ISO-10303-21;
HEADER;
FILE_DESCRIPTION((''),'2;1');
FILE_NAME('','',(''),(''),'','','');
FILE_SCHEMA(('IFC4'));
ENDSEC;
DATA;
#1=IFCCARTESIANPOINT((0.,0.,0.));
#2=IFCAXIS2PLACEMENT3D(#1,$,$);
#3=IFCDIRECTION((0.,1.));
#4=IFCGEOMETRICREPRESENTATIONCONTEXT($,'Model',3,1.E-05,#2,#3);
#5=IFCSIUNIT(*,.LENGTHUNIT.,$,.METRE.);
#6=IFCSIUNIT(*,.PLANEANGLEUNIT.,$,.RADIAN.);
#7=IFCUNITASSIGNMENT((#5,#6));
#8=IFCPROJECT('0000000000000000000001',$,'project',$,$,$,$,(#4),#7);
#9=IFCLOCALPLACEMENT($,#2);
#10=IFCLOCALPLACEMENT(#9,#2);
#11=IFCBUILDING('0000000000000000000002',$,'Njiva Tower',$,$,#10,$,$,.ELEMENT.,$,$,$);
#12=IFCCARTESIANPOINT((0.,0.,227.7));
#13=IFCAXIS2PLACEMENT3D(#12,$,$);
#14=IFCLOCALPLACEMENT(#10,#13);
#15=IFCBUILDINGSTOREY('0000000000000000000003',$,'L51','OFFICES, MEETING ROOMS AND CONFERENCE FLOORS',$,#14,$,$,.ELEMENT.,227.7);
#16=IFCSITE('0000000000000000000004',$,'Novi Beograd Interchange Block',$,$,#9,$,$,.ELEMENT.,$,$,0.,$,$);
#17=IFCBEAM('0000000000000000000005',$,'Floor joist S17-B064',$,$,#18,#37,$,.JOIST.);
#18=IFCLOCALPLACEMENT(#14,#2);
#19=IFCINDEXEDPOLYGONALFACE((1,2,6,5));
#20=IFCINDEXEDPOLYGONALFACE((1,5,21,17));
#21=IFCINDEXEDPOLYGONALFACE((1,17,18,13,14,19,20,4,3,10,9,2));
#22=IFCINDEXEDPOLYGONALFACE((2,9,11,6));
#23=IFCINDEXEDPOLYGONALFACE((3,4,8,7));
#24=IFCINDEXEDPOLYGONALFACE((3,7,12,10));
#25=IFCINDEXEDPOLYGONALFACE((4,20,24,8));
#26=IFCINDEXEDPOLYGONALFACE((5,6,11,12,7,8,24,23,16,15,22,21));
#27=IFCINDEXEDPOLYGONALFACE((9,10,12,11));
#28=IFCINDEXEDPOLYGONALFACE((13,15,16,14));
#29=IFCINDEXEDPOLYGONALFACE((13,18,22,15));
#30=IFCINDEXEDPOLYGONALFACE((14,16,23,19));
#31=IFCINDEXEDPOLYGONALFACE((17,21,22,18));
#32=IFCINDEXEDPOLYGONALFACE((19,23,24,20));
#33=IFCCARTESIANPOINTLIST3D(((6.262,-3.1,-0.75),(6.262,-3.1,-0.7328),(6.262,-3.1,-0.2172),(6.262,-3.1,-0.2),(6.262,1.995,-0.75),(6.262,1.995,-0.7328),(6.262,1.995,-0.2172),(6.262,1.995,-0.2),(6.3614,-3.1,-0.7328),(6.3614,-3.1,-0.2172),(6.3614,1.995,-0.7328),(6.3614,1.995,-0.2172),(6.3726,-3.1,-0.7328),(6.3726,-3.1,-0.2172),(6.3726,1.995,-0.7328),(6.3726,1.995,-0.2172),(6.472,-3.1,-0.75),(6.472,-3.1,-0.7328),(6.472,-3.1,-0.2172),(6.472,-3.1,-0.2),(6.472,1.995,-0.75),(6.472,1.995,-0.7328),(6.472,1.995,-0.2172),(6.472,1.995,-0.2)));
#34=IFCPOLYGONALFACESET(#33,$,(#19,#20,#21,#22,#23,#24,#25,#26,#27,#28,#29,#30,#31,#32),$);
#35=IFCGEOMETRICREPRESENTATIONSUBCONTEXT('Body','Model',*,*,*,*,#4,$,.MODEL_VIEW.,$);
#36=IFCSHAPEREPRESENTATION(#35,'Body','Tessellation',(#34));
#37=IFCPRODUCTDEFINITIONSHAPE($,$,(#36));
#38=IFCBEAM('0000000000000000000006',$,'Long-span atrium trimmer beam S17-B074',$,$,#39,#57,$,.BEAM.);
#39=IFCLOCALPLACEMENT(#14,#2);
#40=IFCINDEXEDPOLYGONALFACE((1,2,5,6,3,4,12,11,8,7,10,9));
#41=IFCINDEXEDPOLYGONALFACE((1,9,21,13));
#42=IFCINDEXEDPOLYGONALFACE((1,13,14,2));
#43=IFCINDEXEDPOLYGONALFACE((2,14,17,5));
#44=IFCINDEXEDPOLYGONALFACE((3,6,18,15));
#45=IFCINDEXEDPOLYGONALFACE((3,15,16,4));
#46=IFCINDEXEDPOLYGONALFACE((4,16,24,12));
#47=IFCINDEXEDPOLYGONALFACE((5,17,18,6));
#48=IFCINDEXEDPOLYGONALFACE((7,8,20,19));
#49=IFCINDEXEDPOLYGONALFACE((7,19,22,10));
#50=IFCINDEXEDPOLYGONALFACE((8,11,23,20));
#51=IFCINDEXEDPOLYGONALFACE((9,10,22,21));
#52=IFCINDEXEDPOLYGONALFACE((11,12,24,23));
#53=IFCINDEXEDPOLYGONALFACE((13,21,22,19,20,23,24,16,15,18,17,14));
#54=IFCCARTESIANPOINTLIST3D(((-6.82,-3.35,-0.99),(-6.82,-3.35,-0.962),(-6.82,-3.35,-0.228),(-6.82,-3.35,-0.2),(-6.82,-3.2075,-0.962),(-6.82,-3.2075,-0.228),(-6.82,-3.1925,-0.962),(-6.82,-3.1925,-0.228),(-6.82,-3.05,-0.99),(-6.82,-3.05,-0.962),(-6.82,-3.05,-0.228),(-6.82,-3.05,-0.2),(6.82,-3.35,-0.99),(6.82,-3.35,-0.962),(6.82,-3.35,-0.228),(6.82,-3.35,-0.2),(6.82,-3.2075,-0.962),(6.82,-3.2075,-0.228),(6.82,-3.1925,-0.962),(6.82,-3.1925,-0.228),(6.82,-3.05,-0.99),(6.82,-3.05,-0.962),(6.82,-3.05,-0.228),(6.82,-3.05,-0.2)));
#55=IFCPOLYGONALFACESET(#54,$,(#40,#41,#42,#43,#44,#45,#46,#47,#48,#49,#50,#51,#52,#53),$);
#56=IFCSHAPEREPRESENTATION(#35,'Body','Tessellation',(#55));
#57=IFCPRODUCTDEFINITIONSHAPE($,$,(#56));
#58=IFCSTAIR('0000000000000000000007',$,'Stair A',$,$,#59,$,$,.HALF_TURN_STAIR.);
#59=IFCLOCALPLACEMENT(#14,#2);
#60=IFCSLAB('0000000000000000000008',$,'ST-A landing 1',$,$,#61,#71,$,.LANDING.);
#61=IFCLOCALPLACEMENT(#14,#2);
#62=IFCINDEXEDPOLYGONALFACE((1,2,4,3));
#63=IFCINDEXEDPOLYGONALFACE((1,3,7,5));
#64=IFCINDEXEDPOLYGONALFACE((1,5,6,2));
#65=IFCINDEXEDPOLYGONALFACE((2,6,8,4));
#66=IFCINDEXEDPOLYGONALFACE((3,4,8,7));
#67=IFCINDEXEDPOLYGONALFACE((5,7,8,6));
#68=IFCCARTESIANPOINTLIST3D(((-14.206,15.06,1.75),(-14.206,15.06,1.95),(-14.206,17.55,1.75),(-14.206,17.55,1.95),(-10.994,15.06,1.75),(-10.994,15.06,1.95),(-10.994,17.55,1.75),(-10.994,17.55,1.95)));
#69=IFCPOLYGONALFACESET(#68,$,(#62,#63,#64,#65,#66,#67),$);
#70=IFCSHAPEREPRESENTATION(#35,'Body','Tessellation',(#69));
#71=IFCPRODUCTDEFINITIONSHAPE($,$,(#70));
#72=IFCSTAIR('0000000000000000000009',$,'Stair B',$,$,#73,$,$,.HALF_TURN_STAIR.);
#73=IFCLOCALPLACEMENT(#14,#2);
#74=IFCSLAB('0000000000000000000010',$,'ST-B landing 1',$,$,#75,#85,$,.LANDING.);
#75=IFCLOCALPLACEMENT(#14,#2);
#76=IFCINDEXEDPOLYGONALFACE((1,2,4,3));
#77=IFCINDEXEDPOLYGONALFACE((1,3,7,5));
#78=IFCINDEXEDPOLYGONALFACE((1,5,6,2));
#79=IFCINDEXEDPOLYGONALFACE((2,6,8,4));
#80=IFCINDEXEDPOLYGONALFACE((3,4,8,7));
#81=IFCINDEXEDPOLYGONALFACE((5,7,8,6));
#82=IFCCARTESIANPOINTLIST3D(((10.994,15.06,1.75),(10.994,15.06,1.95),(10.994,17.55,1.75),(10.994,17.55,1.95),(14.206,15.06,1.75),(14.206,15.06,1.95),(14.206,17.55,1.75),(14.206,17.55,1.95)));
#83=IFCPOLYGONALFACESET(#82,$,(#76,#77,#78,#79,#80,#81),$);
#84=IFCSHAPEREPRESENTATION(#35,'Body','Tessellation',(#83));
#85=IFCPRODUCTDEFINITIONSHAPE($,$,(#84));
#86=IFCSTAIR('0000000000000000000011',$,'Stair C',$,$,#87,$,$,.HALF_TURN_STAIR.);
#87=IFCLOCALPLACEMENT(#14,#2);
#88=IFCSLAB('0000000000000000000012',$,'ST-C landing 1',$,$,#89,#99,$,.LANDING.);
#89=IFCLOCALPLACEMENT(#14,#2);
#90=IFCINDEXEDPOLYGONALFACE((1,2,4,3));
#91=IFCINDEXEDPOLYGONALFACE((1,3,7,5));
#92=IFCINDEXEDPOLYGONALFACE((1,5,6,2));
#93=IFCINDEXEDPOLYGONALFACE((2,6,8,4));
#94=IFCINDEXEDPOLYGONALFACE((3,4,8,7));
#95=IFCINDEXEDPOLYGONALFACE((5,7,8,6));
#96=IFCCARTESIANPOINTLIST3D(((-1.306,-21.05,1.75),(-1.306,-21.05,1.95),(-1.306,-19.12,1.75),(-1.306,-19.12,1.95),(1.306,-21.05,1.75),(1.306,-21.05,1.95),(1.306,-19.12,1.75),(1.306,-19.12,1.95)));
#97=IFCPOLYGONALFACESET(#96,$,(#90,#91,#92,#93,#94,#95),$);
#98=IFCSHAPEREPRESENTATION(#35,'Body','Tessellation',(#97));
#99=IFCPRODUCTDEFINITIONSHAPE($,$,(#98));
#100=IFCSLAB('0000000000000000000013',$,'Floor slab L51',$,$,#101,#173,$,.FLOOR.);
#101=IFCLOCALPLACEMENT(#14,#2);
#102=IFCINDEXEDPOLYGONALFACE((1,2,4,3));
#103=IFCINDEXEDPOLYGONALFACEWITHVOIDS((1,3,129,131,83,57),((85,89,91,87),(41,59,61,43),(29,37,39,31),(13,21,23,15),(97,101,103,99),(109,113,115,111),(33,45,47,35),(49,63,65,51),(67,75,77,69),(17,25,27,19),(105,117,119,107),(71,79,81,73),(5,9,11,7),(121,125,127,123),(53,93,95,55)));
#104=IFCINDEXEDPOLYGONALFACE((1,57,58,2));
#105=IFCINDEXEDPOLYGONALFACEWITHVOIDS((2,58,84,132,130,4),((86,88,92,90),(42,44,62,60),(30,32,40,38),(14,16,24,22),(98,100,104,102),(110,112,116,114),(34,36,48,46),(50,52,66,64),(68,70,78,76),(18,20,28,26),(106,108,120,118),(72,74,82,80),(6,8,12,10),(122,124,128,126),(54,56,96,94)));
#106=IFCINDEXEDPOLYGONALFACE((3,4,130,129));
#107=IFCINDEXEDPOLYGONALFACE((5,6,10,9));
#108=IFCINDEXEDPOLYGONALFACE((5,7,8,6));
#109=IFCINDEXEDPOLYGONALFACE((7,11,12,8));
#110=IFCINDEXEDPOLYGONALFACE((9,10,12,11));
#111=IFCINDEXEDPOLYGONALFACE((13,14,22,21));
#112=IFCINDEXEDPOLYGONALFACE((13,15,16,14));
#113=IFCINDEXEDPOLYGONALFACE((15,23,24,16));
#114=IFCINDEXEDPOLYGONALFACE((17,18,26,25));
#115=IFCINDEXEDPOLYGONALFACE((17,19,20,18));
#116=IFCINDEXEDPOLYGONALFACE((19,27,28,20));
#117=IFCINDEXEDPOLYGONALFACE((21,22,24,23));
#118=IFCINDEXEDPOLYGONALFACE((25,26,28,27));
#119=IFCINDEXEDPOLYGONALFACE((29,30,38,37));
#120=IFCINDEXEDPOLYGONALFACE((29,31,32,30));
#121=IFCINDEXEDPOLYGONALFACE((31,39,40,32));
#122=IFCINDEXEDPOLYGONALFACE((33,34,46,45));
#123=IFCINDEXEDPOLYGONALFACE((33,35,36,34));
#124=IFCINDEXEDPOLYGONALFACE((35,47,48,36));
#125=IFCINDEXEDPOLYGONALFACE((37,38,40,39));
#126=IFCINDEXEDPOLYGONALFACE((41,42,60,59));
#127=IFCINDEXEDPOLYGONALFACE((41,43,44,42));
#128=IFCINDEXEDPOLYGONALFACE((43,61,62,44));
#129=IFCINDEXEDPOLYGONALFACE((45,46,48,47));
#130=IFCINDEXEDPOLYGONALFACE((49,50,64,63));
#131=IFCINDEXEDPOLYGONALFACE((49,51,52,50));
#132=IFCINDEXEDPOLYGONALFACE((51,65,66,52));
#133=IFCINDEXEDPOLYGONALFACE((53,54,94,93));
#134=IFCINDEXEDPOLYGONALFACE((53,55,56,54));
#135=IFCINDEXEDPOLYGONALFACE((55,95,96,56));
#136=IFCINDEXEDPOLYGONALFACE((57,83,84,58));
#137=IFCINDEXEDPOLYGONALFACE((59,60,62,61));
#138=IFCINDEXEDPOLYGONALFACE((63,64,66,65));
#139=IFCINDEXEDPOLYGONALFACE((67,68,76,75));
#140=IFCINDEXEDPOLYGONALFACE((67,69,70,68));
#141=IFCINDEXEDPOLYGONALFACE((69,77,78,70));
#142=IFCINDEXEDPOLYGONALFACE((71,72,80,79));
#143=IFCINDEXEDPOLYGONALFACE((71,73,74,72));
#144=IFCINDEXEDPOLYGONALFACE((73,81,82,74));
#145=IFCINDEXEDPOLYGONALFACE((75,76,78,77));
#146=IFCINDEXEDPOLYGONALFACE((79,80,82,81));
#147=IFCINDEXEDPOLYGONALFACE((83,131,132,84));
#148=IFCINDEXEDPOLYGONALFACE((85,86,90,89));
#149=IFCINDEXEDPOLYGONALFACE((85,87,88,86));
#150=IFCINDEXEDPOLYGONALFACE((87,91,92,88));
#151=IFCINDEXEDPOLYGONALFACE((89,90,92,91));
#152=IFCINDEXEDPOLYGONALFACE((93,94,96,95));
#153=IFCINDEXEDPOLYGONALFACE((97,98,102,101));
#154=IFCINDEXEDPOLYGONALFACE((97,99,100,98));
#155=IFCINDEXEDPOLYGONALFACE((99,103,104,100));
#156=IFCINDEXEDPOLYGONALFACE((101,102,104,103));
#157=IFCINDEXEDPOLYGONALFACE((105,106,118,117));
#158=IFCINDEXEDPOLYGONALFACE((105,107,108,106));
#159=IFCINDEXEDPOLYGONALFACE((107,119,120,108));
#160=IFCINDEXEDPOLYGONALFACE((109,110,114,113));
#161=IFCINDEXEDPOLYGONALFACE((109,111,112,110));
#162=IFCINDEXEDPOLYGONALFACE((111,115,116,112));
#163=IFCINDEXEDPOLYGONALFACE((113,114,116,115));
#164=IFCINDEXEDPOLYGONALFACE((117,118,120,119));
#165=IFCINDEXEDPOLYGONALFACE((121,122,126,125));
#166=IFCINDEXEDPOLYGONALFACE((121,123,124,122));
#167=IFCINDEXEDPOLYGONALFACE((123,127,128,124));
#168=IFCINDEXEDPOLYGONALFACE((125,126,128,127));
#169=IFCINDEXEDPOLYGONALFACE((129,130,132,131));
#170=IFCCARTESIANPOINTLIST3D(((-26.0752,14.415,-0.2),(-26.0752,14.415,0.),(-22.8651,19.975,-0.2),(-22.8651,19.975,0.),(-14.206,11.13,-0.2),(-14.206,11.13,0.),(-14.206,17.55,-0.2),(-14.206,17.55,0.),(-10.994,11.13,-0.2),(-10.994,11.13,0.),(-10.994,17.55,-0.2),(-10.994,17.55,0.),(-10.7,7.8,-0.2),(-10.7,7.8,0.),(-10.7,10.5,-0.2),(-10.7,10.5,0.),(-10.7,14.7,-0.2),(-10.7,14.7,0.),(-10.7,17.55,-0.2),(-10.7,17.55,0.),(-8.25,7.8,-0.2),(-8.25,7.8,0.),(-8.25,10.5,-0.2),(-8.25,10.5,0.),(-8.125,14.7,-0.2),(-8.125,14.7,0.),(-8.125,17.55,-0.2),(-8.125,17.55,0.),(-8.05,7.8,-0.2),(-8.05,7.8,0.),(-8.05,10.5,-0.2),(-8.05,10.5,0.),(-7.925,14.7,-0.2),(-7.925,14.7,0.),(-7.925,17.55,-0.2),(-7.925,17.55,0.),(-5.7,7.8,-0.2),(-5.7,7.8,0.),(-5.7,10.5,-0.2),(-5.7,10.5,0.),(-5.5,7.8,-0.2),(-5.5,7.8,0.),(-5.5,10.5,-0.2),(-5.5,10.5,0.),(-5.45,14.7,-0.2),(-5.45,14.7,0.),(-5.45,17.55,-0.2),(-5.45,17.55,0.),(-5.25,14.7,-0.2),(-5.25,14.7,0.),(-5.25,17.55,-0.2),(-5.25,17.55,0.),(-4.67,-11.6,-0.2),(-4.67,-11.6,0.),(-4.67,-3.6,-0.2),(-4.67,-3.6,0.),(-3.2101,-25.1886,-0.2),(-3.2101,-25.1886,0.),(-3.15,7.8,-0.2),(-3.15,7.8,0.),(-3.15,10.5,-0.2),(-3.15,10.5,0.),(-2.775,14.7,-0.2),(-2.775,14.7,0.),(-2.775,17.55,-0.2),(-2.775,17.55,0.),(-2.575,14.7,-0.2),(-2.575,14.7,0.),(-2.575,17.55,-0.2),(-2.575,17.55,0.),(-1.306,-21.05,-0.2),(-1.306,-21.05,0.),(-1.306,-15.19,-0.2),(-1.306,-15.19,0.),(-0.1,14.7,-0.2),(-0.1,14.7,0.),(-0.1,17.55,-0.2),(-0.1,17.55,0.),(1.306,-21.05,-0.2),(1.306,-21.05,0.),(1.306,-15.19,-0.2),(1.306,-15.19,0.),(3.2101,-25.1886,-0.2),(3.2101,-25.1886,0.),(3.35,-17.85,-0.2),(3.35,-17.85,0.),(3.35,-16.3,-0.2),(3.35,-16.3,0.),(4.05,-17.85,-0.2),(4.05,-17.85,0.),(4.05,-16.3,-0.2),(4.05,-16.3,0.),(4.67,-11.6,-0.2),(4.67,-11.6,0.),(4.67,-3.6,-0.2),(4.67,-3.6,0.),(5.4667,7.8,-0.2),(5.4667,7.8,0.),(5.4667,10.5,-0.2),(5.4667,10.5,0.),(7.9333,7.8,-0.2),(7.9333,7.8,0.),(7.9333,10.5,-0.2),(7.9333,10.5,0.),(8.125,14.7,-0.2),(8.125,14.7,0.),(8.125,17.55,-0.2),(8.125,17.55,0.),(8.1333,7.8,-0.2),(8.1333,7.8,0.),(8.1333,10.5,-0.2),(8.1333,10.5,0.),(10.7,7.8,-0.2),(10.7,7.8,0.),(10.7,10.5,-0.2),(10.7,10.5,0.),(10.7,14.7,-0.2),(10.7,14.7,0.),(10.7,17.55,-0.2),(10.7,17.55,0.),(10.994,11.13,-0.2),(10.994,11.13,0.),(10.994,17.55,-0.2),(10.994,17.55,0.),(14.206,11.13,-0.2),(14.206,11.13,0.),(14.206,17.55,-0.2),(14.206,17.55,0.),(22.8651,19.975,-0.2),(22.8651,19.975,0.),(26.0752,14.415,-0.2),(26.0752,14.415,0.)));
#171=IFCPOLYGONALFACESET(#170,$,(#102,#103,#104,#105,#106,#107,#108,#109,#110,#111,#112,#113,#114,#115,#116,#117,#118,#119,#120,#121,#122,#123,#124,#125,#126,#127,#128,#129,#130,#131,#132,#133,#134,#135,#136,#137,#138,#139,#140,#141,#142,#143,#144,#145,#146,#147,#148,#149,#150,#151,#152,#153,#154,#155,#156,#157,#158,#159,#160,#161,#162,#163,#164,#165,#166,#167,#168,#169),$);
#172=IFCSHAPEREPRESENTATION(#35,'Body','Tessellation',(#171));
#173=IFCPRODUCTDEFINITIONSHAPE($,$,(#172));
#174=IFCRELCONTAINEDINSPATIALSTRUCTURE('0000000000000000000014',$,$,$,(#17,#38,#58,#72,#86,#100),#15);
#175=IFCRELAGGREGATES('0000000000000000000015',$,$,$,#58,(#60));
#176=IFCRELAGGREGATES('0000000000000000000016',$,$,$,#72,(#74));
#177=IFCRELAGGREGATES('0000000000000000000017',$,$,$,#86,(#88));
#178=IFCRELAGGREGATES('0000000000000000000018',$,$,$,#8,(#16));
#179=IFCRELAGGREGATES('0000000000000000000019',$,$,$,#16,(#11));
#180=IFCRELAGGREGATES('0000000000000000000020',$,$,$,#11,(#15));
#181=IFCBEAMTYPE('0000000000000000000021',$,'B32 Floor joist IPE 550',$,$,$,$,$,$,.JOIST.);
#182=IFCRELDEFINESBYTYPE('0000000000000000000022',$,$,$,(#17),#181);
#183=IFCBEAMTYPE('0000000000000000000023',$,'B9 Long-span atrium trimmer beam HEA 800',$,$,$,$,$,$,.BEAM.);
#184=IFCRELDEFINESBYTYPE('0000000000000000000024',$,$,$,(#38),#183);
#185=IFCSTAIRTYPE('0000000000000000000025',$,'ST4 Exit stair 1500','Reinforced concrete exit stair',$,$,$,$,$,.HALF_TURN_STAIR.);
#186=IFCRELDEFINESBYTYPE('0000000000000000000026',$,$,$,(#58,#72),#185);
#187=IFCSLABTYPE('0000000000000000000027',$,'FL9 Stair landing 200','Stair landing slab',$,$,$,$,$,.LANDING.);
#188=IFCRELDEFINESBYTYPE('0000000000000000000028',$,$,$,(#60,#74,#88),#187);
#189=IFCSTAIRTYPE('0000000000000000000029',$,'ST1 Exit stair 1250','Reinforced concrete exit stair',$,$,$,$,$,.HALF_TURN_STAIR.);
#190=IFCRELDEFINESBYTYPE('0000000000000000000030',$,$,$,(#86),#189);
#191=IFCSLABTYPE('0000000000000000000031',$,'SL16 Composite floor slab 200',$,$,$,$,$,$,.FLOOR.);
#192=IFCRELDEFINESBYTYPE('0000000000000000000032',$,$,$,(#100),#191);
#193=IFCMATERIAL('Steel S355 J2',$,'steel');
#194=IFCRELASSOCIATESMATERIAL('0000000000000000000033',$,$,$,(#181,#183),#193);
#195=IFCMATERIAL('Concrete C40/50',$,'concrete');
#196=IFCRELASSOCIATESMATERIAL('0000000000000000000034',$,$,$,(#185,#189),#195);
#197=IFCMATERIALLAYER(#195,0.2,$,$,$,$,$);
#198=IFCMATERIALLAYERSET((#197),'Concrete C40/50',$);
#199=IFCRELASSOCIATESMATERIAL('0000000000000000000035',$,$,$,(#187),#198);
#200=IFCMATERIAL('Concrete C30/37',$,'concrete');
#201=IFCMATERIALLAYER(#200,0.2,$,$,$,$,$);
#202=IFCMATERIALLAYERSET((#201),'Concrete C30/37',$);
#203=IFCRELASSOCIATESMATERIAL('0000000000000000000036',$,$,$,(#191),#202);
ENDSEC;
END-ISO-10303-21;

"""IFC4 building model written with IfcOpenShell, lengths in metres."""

from ifc_helpers import new_model, si_unit, direction, frame, origin, origin_2d, place, context, subcontext, project, spatial, polyline, i_section, outline, extrude, material, layer, layer_set, material_profile, profile_set, type_object, element, aggregate, save


model = new_model("IFC4")

# Units and contexts
model_context = context("Model", 3, precision=1e-05, world=origin(), true_north=direction((0.0, 1.0)))
body_context = subcontext(model_context, "Body", "Model", "MODEL_VIEW")
ifc_project = project(units=[si_unit("LENGTHUNIT", "METRE"), si_unit("PLANEANGLEUNIT", "RADIAN")], contexts=[model_context])

# Site, building, storey
site_placement = place(None, origin())
site = spatial("IfcSite", under=ifc_project, at=site_placement, Name="Novi Beograd Interchange Block", CompositionType="ELEMENT", RefElevation=0.0)
building_placement = place(site_placement, origin())
building = spatial("IfcBuilding", under=site, at=building_placement, Name="Njiva Tower", CompositionType="ELEMENT")
storey_placement = place(building_placement, frame((0.0, 0.0, 227.7)))
storey = spatial("IfcBuildingStorey", under=building, at=storey_placement, Name="L51", Description="OFFICES, MEETING ROOMS AND CONFERENCE FLOORS", CompositionType="ELEMENT", Elevation=227.7)

# Shared definitions
ifc_material_1 = material(Name="Steel S355 J2", Category="steel")

# Beams
ifc_material_profile_1 = material_profile(ifc_material_1, i_section(OverallWidth=0.21, OverallDepth=0.55, WebThickness=0.0111, FlangeThickness=0.0172, at=origin_2d()), Name="IPE 550")
ifc_profile_set_1 = profile_set([ifc_material_profile_1], Name="Steel S355 J2")
beam_type_1 = type_object("IfcBeamType", Name="B32 Floor joist IPE 550", PredefinedType="JOIST", material=ifc_profile_set_1)
for number, where, z_axis, x_axis, name in (
    (1, (6.367, 1.995, -0.475), (0.0, -1.0, 0.0), (1.0, 0.0, 0.0), "Floor joist S17-B064"),
):
    element("IfcBeam", number, at=place(storey_placement, frame(where, z_axis=z_axis, x_axis=x_axis)), inside=storey, type_object=beam_type_1, Name=name, PredefinedType="JOIST", context=body_context, shape_type="SweptSolid", body=[
        extrude(i_section(OverallWidth=0.21, OverallDepth=0.55, WebThickness=0.0111, FlangeThickness=0.0172, at=origin_2d()), origin(), (0.0, 0.0, 1.0), 5.095),
    ])
ifc_material_profile_2 = material_profile(ifc_material_1, i_section(OverallWidth=0.3, OverallDepth=0.79, WebThickness=0.015, FlangeThickness=0.028, at=origin_2d()), Name="HEA 800")
ifc_profile_set_2 = profile_set([ifc_material_profile_2], Name="Steel S355 J2")
beam_type_2 = type_object("IfcBeamType", Name="B9 Long-span atrium trimmer beam HEA 800", PredefinedType="BEAM", material=ifc_profile_set_2)
beam_1_placement = place(storey_placement, frame((6.82, -3.2, -0.595), z_axis=(-1.0, 0.0, 0.0), x_axis=(0.0, -1.0, 0.0)))
element("IfcBeam", 2, at=beam_1_placement, inside=storey, type_object=beam_type_2, Name="Long-span atrium trimmer beam S17-B074", PredefinedType="BEAM", context=body_context, shape_type="SweptSolid", body=[
    extrude(i_section(OverallWidth=0.3, OverallDepth=0.79, WebThickness=0.015, FlangeThickness=0.028, at=origin_2d()), origin(), (0.0, 0.0, 1.0), 13.64),
])

# Stairs, slabs
ifc_material_2 = material(Name="Concrete C40/50", Category="concrete")
stair_type_1 = type_object("IfcStairType", Name="ST4 Exit stair 1500", Description="Reinforced concrete exit stair", PredefinedType="HALF_TURN_STAIR", material=ifc_material_2)
stair_1_placement = place(storey_placement, origin())
stair_1 = element("IfcStair", 3, at=stair_1_placement, inside=storey, type_object=stair_type_1, Name="Stair A", PredefinedType="HALF_TURN_STAIR")
ifc_layer_1 = layer(ifc_material_2, 0.2)
ifc_layer_set_1 = layer_set([ifc_layer_1], Name="Concrete C40/50")
slab_type_1 = type_object("IfcSlabType", Name="FL9 Stair landing 200", Description="Stair landing slab", PredefinedType="LANDING", material=ifc_layer_set_1)
slab_1_placement = place(storey_placement, frame((0.0, 0.0, 1.75)))
slab_1 = element("IfcSlab", 4, at=slab_1_placement, type_object=slab_type_1, Name="ST-A landing 1", PredefinedType="LANDING", context=body_context, shape_type="SweptSolid", body=[
    extrude(outline(polyline([(-14.206, 15.06), (-10.994, 15.06), (-10.994, 17.55), (-14.206, 17.55), (-14.206, 15.06)])), origin(), (0.0, 0.0, 1.0), 0.2),
])
aggregate(stair_1, [slab_1])
stair_2_placement = place(storey_placement, origin())
stair_2 = element("IfcStair", 5, at=stair_2_placement, inside=storey, type_object=stair_type_1, Name="Stair B", PredefinedType="HALF_TURN_STAIR")
slab_2_placement = place(storey_placement, frame((0.0, 0.0, 1.75)))
slab_2 = element("IfcSlab", 6, at=slab_2_placement, type_object=slab_type_1, Name="ST-B landing 1", PredefinedType="LANDING", context=body_context, shape_type="SweptSolid", body=[
    extrude(outline(polyline([(10.994, 15.06), (14.206, 15.06), (14.206, 17.55), (10.994, 17.55), (10.994, 15.06)])), origin(), (0.0, 0.0, 1.0), 0.2),
])
aggregate(stair_2, [slab_2])
stair_type_2 = type_object("IfcStairType", Name="ST1 Exit stair 1250", Description="Reinforced concrete exit stair", PredefinedType="HALF_TURN_STAIR", material=ifc_material_2)
stair_3_placement = place(storey_placement, origin())
stair_3 = element("IfcStair", 7, at=stair_3_placement, inside=storey, type_object=stair_type_2, Name="Stair C", PredefinedType="HALF_TURN_STAIR")
slab_3_placement = place(storey_placement, frame((0.0, 0.0, 1.75)))
slab_3 = element("IfcSlab", 8, at=slab_3_placement, type_object=slab_type_1, Name="ST-C landing 1", PredefinedType="LANDING", context=body_context, shape_type="SweptSolid", body=[
    extrude(outline(polyline([(-1.306, -21.05), (1.306, -21.05), (1.306, -19.12), (-1.306, -19.12), (-1.306, -21.05)])), origin(), (0.0, 0.0, 1.0), 0.2),
])
aggregate(stair_3, [slab_3])

# Slab
ifc_material_3 = material(Name="Concrete C30/37", Category="concrete")
ifc_layer_2 = layer(ifc_material_3, 0.2)
ifc_layer_set_2 = layer_set([ifc_layer_2], Name="Concrete C30/37")
slab_type_2 = type_object("IfcSlabType", Name="SL16 Composite floor slab 200", PredefinedType="FLOOR", material=ifc_layer_set_2)
slab_4_placement = place(storey_placement, frame((0.0, 0.0, -0.2)))
element("IfcSlab", 9, at=slab_4_placement, inside=storey, type_object=slab_type_2, Name="Floor slab L51", PredefinedType="FLOOR", context=body_context, shape_type="SweptSolid", body=[
    extrude(outline(polyline([(26.0752, 14.415), (3.2101, -25.1886), (-3.2101, -25.1886), (-26.0752, 14.415), (-22.8651, 19.975), (22.8651, 19.975), (26.0752, 14.415)]), holes=[polyline([(10.994, 11.13), (14.206, 11.13), (14.206, 17.55), (10.994, 17.55), (10.994, 11.13)]), polyline([(8.125, 14.7), (10.7, 14.7), (10.7, 17.55), (8.125, 17.55), (8.125, 14.7)]), polyline([(8.1333, 7.8), (10.7, 7.8), (10.7, 10.5), (8.1333, 10.5), (8.1333, 7.8)]), polyline([(5.4667, 7.8), (7.9333, 7.8), (7.9333, 10.5), (5.4667, 10.5), (5.4667, 7.8)]), polyline([(4.67, -11.6), (4.67, -3.6), (-4.67, -3.6), (-4.67, -11.6), (4.67, -11.6)]), polyline([(3.35, -17.85), (4.05, -17.85), (4.05, -16.3), (3.35, -16.3), (3.35, -17.85)]), polyline([(-1.306, -21.05), (1.306, -21.05), (1.306, -15.19), (-1.306, -15.19), (-1.306, -21.05)]), polyline([(-2.575, 14.7), (-0.1, 14.7), (-0.1, 17.55), (-2.575, 17.55), (-2.575, 14.7)]), polyline([(-5.25, 14.7), (-2.775, 14.7), (-2.775, 17.55), (-5.25, 17.55), (-5.25, 14.7)]), polyline([(-5.5, 7.8), (-3.15, 7.8), (-3.15, 10.5), (-5.5, 10.5), (-5.5, 7.8)]), polyline([(-7.925, 14.7), (-5.45, 14.7), (-5.45, 17.55), (-7.925, 17.55), (-7.925, 14.7)]), polyline([(-8.05, 7.8), (-5.7, 7.8), (-5.7, 10.5), (-8.05, 10.5), (-8.05, 7.8)]), polyline([(-10.7, 14.7), (-8.125, 14.7), (-8.125, 17.55), (-10.7, 17.55), (-10.7, 14.7)]), polyline([(-8.25, 7.8), (-8.25, 10.5), (-10.7, 10.5), (-10.7, 7.8), (-8.25, 7.8)]), polyline([(-14.206, 11.13), (-10.994, 11.13), (-10.994, 17.55), (-14.206, 17.55), (-14.206, 11.13)])]), origin(), (0.0, 0.0, 1.0), 0.2),
])

save(model, "model.ifc")
